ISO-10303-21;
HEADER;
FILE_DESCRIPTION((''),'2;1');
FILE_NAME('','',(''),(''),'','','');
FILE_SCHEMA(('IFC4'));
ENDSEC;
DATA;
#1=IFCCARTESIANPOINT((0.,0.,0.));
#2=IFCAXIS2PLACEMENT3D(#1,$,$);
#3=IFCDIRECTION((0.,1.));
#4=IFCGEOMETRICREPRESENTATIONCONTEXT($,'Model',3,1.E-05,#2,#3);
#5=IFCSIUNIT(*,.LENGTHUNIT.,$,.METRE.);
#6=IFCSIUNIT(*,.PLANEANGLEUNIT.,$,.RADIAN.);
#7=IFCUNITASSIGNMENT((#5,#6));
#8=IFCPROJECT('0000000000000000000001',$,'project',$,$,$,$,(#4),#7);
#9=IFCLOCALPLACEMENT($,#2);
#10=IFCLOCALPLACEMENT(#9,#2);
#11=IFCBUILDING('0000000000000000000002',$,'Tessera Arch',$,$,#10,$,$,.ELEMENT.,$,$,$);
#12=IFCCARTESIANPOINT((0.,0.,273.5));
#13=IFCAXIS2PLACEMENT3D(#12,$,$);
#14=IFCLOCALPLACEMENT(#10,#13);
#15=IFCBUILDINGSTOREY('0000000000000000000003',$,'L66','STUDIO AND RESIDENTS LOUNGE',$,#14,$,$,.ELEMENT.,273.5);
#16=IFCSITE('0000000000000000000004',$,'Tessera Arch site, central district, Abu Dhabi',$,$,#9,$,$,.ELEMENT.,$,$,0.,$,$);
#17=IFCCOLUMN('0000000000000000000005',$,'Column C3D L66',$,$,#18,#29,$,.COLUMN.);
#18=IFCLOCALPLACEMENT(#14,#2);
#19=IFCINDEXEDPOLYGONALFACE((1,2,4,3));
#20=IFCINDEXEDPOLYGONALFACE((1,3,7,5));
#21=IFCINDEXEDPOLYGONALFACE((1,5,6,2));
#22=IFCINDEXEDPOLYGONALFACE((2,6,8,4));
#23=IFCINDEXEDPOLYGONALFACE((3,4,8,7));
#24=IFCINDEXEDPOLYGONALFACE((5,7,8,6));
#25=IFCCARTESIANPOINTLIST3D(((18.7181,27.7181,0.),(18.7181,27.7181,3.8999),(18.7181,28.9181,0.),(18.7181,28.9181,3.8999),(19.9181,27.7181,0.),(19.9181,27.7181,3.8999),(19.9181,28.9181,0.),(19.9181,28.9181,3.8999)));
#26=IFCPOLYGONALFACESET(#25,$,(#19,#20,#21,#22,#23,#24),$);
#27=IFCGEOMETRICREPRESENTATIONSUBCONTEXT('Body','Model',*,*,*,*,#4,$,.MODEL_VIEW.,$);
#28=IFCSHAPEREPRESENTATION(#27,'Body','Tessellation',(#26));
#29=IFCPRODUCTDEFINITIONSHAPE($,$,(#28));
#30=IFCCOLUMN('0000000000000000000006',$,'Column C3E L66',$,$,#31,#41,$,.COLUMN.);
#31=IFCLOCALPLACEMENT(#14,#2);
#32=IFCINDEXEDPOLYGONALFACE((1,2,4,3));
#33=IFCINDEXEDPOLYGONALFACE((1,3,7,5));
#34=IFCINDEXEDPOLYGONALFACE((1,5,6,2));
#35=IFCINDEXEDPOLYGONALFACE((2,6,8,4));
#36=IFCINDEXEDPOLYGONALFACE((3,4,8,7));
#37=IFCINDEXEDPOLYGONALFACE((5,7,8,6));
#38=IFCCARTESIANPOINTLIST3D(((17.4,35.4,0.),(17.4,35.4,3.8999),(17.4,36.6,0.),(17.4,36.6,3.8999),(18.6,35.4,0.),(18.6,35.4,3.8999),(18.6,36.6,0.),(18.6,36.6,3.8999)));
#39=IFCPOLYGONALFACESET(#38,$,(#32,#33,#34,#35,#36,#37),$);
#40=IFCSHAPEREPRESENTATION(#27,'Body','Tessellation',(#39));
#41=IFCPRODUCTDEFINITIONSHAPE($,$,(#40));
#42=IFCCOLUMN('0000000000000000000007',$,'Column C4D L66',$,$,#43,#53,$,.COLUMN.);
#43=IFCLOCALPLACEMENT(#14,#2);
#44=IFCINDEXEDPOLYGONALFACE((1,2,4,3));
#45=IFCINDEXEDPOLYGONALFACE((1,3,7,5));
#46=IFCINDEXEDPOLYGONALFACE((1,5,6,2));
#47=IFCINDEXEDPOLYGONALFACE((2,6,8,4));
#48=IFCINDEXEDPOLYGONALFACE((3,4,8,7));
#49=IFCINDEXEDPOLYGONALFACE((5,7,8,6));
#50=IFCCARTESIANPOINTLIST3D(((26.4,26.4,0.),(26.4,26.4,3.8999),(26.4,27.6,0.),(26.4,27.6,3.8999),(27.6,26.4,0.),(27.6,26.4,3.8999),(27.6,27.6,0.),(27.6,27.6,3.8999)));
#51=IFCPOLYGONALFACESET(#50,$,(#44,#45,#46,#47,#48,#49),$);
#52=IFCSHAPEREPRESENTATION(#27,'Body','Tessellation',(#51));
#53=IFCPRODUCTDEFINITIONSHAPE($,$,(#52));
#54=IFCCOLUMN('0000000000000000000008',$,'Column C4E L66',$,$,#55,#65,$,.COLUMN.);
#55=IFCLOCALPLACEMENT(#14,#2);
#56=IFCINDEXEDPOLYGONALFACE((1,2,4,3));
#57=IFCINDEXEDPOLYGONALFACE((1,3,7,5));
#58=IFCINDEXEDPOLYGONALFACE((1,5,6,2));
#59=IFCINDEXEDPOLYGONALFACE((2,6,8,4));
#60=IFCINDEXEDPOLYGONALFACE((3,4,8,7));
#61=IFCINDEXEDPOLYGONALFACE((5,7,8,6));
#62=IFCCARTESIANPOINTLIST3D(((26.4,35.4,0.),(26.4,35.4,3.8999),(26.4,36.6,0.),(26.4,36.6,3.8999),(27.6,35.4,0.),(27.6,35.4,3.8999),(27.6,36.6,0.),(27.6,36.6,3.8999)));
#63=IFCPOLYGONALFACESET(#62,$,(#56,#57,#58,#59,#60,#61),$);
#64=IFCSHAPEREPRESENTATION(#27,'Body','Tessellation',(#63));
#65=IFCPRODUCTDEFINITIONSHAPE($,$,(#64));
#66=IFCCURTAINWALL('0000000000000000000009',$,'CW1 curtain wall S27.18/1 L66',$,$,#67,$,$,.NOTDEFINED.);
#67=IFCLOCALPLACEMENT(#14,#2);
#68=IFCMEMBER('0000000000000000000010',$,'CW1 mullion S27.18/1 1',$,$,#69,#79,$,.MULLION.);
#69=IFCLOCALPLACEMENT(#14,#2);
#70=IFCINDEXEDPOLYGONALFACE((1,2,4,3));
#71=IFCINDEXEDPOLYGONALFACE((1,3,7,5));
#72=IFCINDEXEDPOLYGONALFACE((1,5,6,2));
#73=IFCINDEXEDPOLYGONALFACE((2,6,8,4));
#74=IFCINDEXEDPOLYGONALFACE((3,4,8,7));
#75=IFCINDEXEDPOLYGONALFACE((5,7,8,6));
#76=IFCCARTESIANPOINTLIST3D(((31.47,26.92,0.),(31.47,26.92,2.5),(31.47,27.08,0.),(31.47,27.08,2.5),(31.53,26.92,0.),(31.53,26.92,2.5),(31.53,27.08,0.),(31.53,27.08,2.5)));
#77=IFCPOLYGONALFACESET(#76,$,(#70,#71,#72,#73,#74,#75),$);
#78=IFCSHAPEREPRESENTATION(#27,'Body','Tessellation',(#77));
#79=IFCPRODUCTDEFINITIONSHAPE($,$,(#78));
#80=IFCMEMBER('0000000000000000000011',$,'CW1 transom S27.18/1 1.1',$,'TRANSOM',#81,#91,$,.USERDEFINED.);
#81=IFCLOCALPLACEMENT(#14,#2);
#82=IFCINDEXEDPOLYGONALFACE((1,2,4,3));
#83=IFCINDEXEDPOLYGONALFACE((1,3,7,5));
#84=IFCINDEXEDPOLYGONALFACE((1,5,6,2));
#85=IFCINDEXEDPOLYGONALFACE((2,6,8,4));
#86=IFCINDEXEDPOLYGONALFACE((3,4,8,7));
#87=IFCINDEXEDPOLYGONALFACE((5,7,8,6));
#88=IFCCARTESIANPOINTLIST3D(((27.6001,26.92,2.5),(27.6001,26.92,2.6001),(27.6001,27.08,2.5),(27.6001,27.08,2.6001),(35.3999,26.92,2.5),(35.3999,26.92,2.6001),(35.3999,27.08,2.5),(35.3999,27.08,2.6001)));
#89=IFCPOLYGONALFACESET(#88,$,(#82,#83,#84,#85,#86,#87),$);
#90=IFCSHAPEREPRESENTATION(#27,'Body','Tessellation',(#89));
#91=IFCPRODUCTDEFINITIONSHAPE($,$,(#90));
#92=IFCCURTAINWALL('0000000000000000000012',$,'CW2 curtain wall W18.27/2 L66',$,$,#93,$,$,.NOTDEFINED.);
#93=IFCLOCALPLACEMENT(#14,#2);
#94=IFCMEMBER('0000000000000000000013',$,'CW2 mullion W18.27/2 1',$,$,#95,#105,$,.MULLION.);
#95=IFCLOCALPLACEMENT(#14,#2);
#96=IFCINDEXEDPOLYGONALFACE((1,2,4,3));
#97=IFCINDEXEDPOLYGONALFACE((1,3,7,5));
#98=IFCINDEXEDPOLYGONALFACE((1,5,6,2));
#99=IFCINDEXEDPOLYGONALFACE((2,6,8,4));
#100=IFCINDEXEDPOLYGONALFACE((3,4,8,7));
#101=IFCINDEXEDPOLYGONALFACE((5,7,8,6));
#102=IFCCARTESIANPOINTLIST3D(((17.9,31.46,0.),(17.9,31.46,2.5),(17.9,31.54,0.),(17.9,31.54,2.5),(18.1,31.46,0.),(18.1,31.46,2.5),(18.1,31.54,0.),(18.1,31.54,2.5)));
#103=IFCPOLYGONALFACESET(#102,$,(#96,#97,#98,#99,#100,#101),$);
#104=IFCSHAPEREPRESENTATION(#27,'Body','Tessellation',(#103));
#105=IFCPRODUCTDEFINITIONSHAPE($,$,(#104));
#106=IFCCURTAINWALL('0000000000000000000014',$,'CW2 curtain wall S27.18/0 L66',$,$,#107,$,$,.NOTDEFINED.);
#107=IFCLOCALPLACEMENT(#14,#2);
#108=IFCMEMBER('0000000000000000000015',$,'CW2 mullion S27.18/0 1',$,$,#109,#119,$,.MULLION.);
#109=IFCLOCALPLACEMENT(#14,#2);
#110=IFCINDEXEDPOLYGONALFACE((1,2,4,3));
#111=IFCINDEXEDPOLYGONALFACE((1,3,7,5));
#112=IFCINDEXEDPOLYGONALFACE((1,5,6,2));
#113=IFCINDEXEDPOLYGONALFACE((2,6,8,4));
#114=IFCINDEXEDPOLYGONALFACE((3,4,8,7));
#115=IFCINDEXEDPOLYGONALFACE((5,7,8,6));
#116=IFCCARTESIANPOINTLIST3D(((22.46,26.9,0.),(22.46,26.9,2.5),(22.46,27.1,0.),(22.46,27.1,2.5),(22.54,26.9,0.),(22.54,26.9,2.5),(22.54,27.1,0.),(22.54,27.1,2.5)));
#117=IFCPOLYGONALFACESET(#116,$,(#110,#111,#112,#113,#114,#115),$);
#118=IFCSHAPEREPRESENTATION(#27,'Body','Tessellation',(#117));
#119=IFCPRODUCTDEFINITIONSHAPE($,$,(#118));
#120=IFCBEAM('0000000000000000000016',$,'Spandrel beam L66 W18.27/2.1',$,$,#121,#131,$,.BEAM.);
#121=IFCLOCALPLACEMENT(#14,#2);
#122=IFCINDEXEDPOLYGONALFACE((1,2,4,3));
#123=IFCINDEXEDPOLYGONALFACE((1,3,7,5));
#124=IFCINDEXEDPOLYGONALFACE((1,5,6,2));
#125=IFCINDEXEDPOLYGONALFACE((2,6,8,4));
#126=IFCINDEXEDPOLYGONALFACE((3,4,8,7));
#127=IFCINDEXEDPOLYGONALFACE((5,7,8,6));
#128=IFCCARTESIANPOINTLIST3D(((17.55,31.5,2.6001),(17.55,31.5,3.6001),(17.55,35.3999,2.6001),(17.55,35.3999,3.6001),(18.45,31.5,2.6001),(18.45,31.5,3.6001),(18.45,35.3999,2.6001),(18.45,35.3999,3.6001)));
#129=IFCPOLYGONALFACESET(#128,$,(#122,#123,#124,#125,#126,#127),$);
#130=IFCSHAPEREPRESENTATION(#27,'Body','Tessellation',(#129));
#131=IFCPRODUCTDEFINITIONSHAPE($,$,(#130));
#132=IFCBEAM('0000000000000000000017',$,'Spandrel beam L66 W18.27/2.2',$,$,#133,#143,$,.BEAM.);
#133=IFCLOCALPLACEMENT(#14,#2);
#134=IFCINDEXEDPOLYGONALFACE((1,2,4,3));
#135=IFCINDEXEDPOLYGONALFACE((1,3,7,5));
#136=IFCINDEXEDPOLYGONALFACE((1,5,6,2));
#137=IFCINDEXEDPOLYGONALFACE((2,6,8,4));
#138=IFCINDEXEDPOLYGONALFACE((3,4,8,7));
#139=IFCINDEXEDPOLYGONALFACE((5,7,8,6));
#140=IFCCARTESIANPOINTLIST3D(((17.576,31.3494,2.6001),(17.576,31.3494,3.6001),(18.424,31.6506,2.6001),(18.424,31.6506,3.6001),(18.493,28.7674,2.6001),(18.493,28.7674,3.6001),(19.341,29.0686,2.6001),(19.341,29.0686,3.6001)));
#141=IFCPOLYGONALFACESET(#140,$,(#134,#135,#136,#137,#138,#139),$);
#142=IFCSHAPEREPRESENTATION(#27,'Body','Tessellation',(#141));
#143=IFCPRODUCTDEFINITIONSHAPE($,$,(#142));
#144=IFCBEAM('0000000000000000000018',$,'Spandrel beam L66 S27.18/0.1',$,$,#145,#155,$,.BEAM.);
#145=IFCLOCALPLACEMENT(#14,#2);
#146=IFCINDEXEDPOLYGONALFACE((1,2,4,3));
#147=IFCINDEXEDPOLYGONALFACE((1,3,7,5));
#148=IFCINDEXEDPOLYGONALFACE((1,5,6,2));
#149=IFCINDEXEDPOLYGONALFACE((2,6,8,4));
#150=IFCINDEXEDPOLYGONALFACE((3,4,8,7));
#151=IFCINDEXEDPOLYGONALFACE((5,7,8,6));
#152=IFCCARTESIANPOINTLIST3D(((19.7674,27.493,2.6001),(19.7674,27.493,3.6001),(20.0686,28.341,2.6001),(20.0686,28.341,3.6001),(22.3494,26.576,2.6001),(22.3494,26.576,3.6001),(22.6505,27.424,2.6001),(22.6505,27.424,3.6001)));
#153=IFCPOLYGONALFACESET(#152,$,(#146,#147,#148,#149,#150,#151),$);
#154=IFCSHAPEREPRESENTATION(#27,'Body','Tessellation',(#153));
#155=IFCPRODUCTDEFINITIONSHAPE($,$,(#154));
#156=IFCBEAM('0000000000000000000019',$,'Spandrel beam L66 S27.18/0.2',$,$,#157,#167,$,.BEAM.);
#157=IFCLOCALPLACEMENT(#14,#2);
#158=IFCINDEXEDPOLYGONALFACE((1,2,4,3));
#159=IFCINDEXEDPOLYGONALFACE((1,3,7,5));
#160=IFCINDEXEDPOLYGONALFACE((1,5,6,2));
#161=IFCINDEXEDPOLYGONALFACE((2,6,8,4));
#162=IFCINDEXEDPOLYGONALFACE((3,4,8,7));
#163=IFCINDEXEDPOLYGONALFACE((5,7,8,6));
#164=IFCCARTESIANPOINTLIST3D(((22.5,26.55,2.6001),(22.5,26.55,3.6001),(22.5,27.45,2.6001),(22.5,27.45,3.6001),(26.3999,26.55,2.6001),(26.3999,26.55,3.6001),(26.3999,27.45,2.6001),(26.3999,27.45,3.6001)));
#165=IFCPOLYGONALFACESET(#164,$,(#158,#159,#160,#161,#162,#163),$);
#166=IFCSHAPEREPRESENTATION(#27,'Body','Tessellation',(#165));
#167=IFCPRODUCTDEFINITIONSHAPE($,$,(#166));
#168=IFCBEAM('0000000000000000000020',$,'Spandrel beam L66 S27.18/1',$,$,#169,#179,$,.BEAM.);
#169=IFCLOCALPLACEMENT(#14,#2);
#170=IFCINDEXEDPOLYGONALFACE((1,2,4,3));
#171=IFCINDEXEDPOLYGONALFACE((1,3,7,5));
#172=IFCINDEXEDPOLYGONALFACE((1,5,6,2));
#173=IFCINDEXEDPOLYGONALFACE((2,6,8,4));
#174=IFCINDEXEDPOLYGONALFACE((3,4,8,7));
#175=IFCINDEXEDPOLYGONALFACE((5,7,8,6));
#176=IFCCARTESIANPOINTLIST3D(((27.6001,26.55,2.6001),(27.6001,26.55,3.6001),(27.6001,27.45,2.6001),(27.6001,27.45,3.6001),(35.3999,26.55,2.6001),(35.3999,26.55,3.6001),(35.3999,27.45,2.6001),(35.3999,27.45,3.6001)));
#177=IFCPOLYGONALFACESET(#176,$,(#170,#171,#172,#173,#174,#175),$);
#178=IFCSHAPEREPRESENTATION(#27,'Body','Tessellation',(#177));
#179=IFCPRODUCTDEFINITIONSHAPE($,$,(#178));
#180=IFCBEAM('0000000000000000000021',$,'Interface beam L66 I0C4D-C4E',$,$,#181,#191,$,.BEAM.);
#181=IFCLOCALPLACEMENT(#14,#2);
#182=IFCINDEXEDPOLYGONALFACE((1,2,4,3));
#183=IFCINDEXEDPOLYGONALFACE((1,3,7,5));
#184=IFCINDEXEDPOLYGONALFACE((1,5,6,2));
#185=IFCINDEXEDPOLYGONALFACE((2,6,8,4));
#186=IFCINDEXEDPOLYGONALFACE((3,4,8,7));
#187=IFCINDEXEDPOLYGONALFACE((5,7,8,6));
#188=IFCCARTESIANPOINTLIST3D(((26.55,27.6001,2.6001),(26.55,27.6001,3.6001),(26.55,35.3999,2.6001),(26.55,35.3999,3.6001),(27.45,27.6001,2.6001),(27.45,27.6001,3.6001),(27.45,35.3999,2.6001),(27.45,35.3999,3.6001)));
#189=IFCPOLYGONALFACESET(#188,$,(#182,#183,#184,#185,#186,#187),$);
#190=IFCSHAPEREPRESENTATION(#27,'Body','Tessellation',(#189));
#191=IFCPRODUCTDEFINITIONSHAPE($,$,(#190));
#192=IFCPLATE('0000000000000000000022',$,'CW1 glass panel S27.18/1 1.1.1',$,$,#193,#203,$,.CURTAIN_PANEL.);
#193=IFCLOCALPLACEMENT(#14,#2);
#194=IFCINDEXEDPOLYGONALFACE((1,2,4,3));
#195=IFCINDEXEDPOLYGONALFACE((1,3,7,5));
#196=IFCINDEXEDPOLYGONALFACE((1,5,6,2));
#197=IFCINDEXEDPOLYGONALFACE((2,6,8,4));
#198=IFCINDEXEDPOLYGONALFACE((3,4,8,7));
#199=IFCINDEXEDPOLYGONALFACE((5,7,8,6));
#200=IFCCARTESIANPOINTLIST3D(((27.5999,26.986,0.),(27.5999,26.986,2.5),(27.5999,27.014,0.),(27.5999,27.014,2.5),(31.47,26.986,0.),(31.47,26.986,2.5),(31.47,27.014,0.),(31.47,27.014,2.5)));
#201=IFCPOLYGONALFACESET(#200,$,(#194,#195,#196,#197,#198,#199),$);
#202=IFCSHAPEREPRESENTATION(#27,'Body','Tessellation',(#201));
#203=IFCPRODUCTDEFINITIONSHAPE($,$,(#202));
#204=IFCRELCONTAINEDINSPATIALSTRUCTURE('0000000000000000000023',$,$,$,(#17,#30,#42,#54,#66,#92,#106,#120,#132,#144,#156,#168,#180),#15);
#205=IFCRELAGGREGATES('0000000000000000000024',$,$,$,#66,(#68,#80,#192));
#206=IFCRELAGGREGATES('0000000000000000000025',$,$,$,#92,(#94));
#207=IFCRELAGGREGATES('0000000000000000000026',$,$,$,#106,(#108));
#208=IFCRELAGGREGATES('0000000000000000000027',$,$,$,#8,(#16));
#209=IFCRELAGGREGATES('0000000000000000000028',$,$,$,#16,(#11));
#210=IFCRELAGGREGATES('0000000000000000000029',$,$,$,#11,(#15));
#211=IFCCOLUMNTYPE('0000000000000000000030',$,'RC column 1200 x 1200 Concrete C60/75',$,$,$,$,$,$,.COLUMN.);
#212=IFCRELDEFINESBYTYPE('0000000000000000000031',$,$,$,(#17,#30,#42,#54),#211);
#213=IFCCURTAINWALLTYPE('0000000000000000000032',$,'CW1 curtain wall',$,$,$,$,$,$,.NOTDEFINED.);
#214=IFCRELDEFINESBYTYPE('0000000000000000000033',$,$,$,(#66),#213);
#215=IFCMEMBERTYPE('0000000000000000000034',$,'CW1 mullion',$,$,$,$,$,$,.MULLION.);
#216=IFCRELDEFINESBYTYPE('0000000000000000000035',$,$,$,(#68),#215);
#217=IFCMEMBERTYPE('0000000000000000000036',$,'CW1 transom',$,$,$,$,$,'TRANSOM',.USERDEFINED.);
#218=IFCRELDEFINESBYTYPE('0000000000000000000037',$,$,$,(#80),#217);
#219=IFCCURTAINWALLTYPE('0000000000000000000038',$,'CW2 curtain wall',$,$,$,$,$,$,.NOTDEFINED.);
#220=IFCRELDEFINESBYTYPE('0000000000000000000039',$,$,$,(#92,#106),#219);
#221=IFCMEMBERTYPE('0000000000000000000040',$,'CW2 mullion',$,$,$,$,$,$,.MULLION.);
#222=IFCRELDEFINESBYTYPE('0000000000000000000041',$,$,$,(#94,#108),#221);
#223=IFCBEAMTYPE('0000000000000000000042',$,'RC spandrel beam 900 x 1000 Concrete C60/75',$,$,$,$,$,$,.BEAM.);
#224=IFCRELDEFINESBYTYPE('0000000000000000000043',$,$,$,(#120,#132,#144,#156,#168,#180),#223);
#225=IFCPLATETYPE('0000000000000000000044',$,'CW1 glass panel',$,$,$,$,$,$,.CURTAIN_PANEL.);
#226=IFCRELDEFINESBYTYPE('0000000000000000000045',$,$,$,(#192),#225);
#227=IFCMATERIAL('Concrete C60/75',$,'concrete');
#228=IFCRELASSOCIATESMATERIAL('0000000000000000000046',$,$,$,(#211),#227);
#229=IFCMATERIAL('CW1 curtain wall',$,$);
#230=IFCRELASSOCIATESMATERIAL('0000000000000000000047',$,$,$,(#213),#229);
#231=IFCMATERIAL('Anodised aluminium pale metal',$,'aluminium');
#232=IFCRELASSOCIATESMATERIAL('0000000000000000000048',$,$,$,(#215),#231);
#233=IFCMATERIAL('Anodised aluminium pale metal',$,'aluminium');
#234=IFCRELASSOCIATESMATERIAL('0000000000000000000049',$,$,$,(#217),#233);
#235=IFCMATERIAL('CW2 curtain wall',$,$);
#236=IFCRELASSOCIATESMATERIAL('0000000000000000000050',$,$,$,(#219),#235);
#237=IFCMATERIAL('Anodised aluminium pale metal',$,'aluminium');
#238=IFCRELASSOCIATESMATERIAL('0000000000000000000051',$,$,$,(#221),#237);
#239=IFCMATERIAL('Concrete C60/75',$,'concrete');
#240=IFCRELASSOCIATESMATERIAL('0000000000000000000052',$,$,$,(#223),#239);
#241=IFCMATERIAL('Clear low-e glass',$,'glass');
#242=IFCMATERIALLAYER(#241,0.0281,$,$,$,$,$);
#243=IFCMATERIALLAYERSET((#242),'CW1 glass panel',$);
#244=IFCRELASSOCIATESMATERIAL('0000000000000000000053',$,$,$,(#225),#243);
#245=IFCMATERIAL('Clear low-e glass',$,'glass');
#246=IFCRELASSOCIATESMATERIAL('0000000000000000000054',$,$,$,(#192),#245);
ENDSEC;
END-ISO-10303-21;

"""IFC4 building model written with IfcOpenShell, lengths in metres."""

from ifc_helpers import new_model, si_unit, direction, frame, origin, origin_2d, place, context, subcontext, project, spatial, rectangle, extrude, material, layer, layer_set, material_profile, profile_set, type_object, element, aggregate, save


model = new_model("IFC4")

# Units and contexts
model_context = context("Model", 3, precision=1e-05, world=origin(), true_north=direction((0.0, 1.0)))
body_context = subcontext(model_context, "Body", "Model", "MODEL_VIEW")
ifc_project = project(units=[si_unit("LENGTHUNIT", "METRE"), si_unit("PLANEANGLEUNIT", "RADIAN")], contexts=[model_context])

# Site, building, storey
site_placement = place(None, origin())
site = spatial("IfcSite", under=ifc_project, at=site_placement, Name="Tessera Arch site, central district, Abu Dhabi", CompositionType="ELEMENT", RefElevation=0.0)
building_placement = place(site_placement, origin())
building = spatial("IfcBuilding", under=site, at=building_placement, Name="Tessera Arch", CompositionType="ELEMENT")
storey_placement = place(building_placement, frame((0.0, 0.0, 273.5)))
storey = spatial("IfcBuildingStorey", under=building, at=storey_placement, Name="L66", Description="STUDIO AND RESIDENTS LOUNGE", CompositionType="ELEMENT", Elevation=273.5)

# Columns
ifc_material_1 = material(Name="Concrete C60/75", Category="concrete")
ifc_material_profile_1 = material_profile(ifc_material_1, rectangle(XDim=1.2, YDim=1.2, at=origin_2d()), Name="RC column 1200 x 1200 Concrete C60/75")
ifc_profile_set_1 = profile_set([ifc_material_profile_1], Name="Concrete C60/75")
column_type = type_object("IfcColumnType", Name="RC column 1200 x 1200 Concrete C60/75", PredefinedType="COLUMN", material=ifc_profile_set_1)
for number, where, z_axis, x_axis, name in (
    (1, (19.3181, 28.3181, 0.0), (0.0, 0.0, 1.0), (1.0, 0.0, 0.0), "Column C3D L66"),
    (2, (18.0, 36.0, 0.0), (0.0, 0.0, 1.0), (1.0, 0.0, 0.0), "Column C3E L66"),
    (3, (27.0, 27.0, 0.0), (0.0, 0.0, 1.0), (1.0, 0.0, 0.0), "Column C4D L66"),
    (4, (27.0, 36.0, 0.0), (0.0, 0.0, 1.0), (1.0, 0.0, 0.0), "Column C4E L66"),
):
    element("IfcColumn", number, at=place(storey_placement, frame(where, z_axis=z_axis, x_axis=x_axis)), inside=storey, type_object=column_type, Name=name, PredefinedType="COLUMN", context=body_context, shape_type="SweptSolid", body=[
        extrude(rectangle(XDim=1.2, YDim=1.2, at=origin_2d()), origin(), (0.0, 0.0, 1.0), 3.8999),
    ])

# Curtain wall, members
ifc_material_2 = material(Name="CW1 curtain wall")
curtain_wall_type_1 = type_object("IfcCurtainWallType", Name="CW1 curtain wall", PredefinedType="NOTDEFINED", material=ifc_material_2)
curtain_wall_1_placement = place(storey_placement, origin())
curtain_wall_1 = element("IfcCurtainWall", 5, at=curtain_wall_1_placement, inside=storey, type_object=curtain_wall_type_1, Name="CW1 curtain wall S27.18/1 L66", PredefinedType="NOTDEFINED")
ifc_material_3 = material(Name="Anodised aluminium pale metal", Category="aluminium")
ifc_material_profile_2 = material_profile(ifc_material_3, rectangle(XDim=0.1599, YDim=0.0601, at=origin_2d()), Name="AL 60x160")
ifc_profile_set_2 = profile_set([ifc_material_profile_2], Name="Anodised aluminium pale metal")
member_type_1 = type_object("IfcMemberType", Name="CW1 mullion", PredefinedType="MULLION", material=ifc_profile_set_2)
member_1_placement = place(storey_placement, frame((31.5, 27.0, 0.0), z_axis=(0.0, 0.0, 1.0), x_axis=(0.0, 1.0, 0.0)))
member_1 = element("IfcMember", 6, at=member_1_placement, type_object=member_type_1, Name="CW1 mullion S27.18/1 1", PredefinedType="MULLION", context=body_context, shape_type="SweptSolid", body=[
    extrude(rectangle(XDim=0.1599, YDim=0.0601, at=origin_2d()), origin(), (0.0, 0.0, 1.0), 2.5),
])
ifc_material_4 = material(Name="Anodised aluminium pale metal", Category="aluminium")
ifc_material_profile_3 = material_profile(ifc_material_4, rectangle(XDim=0.1599, YDim=0.1001, at=origin_2d()), Name="AL 160x100")
ifc_profile_set_3 = profile_set([ifc_material_profile_3], Name="Anodised aluminium pale metal")
member_type_2 = type_object("IfcMemberType", Name="CW1 transom", ElementType="TRANSOM", PredefinedType="USERDEFINED", material=ifc_profile_set_3)
member_2_placement = place(storey_placement, frame((27.6001, 27.0, 2.55), z_axis=(1.0, 0.0, 0.0), x_axis=(0.0, 1.0, 0.0)))
member_2 = element("IfcMember", 7, at=member_2_placement, type_object=member_type_2, Name="CW1 transom S27.18/1 1.1", ObjectType="TRANSOM", PredefinedType="USERDEFINED", context=body_context, shape_type="SweptSolid", body=[
    extrude(rectangle(XDim=0.1599, YDim=0.1001, at=origin_2d()), origin(), (0.0, 0.0, 1.0), 7.7998),
])

# Curtain walls, members
ifc_material_5 = material(Name="CW2 curtain wall")
curtain_wall_type_2 = type_object("IfcCurtainWallType", Name="CW2 curtain wall", PredefinedType="NOTDEFINED", material=ifc_material_5)
curtain_wall_2_placement = place(storey_placement, origin())
curtain_wall_2 = element("IfcCurtainWall", 8, at=curtain_wall_2_placement, inside=storey, type_object=curtain_wall_type_2, Name="CW2 curtain wall W18.27/2 L66", PredefinedType="NOTDEFINED")
ifc_material_6 = material(Name="Anodised aluminium pale metal", Category="aluminium")
ifc_material_profile_4 = material_profile(ifc_material_6, rectangle(XDim=0.2, YDim=0.0801, at=origin_2d()), Name="AL 80x200")
ifc_profile_set_4 = profile_set([ifc_material_profile_4], Name="Anodised aluminium pale metal")
member_type_3 = type_object("IfcMemberType", Name="CW2 mullion", PredefinedType="MULLION", material=ifc_profile_set_4)
member_3_placement = place(storey_placement, frame((18.0, 31.5, 0.0), z_axis=(0.0, 0.0, 1.0), x_axis=(1.0, 0.0, 0.0)))
member_3 = element("IfcMember", 9, at=member_3_placement, type_object=member_type_3, Name="CW2 mullion W18.27/2 1", PredefinedType="MULLION", context=body_context, shape_type="SweptSolid", body=[
    extrude(rectangle(XDim=0.2, YDim=0.0801, at=origin_2d()), origin(), (0.0, 0.0, 1.0), 2.5),
])
curtain_wall_3_placement = place(storey_placement, origin())
curtain_wall_3 = element("IfcCurtainWall", 10, at=curtain_wall_3_placement, inside=storey, type_object=curtain_wall_type_2, Name="CW2 curtain wall S27.18/0 L66", PredefinedType="NOTDEFINED")
member_4_placement = place(storey_placement, frame((22.5, 27.0, 0.0), z_axis=(0.0, 0.0, 1.0), x_axis=(0.0, 1.0, 0.0)))
member_4 = element("IfcMember", 11, at=member_4_placement, type_object=member_type_3, Name="CW2 mullion S27.18/0 1", PredefinedType="MULLION", context=body_context, shape_type="SweptSolid", body=[
    extrude(rectangle(XDim=0.2, YDim=0.0801, at=origin_2d()), origin(), (0.0, 0.0, 1.0), 2.5),
])

# Beams
ifc_material_7 = material(Name="Concrete C60/75", Category="concrete")
ifc_material_profile_5 = material_profile(ifc_material_7, rectangle(XDim=0.8999, YDim=1.0, at=origin_2d()), Name="RC spandrel beam 900 x 1000 Concrete C60/75")
ifc_profile_set_5 = profile_set([ifc_material_profile_5], Name="Concrete C60/75")
beam_type = type_object("IfcBeamType", Name="RC spandrel beam 900 x 1000 Concrete C60/75", PredefinedType="BEAM", material=ifc_profile_set_5)
beam_1_placement = place(storey_placement, frame((18.0, 35.3999, 3.1001), z_axis=(0.0, -1.0, 0.0), x_axis=(1.0, 0.0, 0.0)))
element("IfcBeam", 12, at=beam_1_placement, inside=storey, type_object=beam_type, Name="Spandrel beam L66 W18.27/2.1", PredefinedType="BEAM", context=body_context, shape_type="SweptSolid", body=[
    extrude(rectangle(XDim=0.8999, YDim=1.0, at=origin_2d()), origin(), (0.0, 0.0, 1.0), 3.8999),
])
for number, where, z_axis, x_axis, name in (
    (13, (18.0, 31.5, 3.1001), (0.334665, -0.942337, 0.0), (0.942337, 0.334665, 0.0), "Spandrel beam L66 W18.27/2.2"),
    (14, (19.918, 27.917, 3.1001), (0.942337, -0.334665, 0.0), (0.334665, 0.942337, 0.0), "Spandrel beam L66 S27.18/0.1"),
):
    element("IfcBeam", number, at=place(storey_placement, frame(where, z_axis=z_axis, x_axis=x_axis)), inside=storey, type_object=beam_type, Name=name, PredefinedType="BEAM", context=body_context, shape_type="SweptSolid", body=[
        extrude(rectangle(XDim=0.8999, YDim=1.0, at=origin_2d()), origin(), (0.0, 0.0, 1.0), 2.74),
    ])
beam_2_placement = place(storey_placement, frame((22.5, 27.0, 3.1001), z_axis=(1.0, 0.0, 0.0), x_axis=(0.0, 1.0, 0.0)))
element("IfcBeam", 15, at=beam_2_placement, inside=storey, type_object=beam_type, Name="Spandrel beam L66 S27.18/0.2", PredefinedType="BEAM", context=body_context, shape_type="SweptSolid", body=[
    extrude(rectangle(XDim=0.8999, YDim=1.0, at=origin_2d()), origin(), (0.0, 0.0, 1.0), 3.8999),
])
for number, where, z_axis, x_axis, name in (
    (16, (27.6001, 27.0, 3.1001), (1.0, 0.0, 0.0), (0.0, 1.0, 0.0), "Spandrel beam L66 S27.18/1"),
    (17, (27.0, 27.6001, 3.1001), (0.0, 1.0, 0.0), (-1.0, 0.0, 0.0), "Interface beam L66 I0C4D-C4E"),
):
    element("IfcBeam", number, at=place(storey_placement, frame(where, z_axis=z_axis, x_axis=x_axis)), inside=storey, type_object=beam_type, Name=name, PredefinedType="BEAM", context=body_context, shape_type="SweptSolid", body=[
        extrude(rectangle(XDim=0.8999, YDim=1.0, at=origin_2d()), origin(), (0.0, 0.0, 1.0), 7.7998),
    ])

# Plate
ifc_material_8 = material(Name="Clear low-e glass", Category="glass")
ifc_material_9 = material(Name="Clear low-e glass", Category="glass")
ifc_layer_1 = layer(ifc_material_9, 0.0281)
ifc_layer_set_1 = layer_set([ifc_layer_1], Name="CW1 glass panel")
plate_type_1 = type_object("IfcPlateType", Name="CW1 glass panel", PredefinedType="CURTAIN_PANEL", material=ifc_layer_set_1)
plate_1_placement = place(storey_placement, frame((29.5349, 27.0, 0.0), z_axis=(0.0, 0.0, 1.0), x_axis=(1.0, 0.0, 0.0)))
plate_1 = element("IfcPlate", 18, at=plate_1_placement, type_object=plate_type_1, material=ifc_material_8, Name="CW1 glass panel S27.18/1 1.1.1", PredefinedType="CURTAIN_PANEL", context=body_context, shape_type="SweptSolid", body=[
    extrude(rectangle(XDim=3.8701, YDim=0.0281, at=origin_2d()), origin(), (0.0, 0.0, 1.0), 2.5),
])
aggregate(curtain_wall_1, [member_1, member_2, plate_1])
aggregate(curtain_wall_2, [member_3])
aggregate(curtain_wall_3, [member_4])

save(model, "model.ifc")
